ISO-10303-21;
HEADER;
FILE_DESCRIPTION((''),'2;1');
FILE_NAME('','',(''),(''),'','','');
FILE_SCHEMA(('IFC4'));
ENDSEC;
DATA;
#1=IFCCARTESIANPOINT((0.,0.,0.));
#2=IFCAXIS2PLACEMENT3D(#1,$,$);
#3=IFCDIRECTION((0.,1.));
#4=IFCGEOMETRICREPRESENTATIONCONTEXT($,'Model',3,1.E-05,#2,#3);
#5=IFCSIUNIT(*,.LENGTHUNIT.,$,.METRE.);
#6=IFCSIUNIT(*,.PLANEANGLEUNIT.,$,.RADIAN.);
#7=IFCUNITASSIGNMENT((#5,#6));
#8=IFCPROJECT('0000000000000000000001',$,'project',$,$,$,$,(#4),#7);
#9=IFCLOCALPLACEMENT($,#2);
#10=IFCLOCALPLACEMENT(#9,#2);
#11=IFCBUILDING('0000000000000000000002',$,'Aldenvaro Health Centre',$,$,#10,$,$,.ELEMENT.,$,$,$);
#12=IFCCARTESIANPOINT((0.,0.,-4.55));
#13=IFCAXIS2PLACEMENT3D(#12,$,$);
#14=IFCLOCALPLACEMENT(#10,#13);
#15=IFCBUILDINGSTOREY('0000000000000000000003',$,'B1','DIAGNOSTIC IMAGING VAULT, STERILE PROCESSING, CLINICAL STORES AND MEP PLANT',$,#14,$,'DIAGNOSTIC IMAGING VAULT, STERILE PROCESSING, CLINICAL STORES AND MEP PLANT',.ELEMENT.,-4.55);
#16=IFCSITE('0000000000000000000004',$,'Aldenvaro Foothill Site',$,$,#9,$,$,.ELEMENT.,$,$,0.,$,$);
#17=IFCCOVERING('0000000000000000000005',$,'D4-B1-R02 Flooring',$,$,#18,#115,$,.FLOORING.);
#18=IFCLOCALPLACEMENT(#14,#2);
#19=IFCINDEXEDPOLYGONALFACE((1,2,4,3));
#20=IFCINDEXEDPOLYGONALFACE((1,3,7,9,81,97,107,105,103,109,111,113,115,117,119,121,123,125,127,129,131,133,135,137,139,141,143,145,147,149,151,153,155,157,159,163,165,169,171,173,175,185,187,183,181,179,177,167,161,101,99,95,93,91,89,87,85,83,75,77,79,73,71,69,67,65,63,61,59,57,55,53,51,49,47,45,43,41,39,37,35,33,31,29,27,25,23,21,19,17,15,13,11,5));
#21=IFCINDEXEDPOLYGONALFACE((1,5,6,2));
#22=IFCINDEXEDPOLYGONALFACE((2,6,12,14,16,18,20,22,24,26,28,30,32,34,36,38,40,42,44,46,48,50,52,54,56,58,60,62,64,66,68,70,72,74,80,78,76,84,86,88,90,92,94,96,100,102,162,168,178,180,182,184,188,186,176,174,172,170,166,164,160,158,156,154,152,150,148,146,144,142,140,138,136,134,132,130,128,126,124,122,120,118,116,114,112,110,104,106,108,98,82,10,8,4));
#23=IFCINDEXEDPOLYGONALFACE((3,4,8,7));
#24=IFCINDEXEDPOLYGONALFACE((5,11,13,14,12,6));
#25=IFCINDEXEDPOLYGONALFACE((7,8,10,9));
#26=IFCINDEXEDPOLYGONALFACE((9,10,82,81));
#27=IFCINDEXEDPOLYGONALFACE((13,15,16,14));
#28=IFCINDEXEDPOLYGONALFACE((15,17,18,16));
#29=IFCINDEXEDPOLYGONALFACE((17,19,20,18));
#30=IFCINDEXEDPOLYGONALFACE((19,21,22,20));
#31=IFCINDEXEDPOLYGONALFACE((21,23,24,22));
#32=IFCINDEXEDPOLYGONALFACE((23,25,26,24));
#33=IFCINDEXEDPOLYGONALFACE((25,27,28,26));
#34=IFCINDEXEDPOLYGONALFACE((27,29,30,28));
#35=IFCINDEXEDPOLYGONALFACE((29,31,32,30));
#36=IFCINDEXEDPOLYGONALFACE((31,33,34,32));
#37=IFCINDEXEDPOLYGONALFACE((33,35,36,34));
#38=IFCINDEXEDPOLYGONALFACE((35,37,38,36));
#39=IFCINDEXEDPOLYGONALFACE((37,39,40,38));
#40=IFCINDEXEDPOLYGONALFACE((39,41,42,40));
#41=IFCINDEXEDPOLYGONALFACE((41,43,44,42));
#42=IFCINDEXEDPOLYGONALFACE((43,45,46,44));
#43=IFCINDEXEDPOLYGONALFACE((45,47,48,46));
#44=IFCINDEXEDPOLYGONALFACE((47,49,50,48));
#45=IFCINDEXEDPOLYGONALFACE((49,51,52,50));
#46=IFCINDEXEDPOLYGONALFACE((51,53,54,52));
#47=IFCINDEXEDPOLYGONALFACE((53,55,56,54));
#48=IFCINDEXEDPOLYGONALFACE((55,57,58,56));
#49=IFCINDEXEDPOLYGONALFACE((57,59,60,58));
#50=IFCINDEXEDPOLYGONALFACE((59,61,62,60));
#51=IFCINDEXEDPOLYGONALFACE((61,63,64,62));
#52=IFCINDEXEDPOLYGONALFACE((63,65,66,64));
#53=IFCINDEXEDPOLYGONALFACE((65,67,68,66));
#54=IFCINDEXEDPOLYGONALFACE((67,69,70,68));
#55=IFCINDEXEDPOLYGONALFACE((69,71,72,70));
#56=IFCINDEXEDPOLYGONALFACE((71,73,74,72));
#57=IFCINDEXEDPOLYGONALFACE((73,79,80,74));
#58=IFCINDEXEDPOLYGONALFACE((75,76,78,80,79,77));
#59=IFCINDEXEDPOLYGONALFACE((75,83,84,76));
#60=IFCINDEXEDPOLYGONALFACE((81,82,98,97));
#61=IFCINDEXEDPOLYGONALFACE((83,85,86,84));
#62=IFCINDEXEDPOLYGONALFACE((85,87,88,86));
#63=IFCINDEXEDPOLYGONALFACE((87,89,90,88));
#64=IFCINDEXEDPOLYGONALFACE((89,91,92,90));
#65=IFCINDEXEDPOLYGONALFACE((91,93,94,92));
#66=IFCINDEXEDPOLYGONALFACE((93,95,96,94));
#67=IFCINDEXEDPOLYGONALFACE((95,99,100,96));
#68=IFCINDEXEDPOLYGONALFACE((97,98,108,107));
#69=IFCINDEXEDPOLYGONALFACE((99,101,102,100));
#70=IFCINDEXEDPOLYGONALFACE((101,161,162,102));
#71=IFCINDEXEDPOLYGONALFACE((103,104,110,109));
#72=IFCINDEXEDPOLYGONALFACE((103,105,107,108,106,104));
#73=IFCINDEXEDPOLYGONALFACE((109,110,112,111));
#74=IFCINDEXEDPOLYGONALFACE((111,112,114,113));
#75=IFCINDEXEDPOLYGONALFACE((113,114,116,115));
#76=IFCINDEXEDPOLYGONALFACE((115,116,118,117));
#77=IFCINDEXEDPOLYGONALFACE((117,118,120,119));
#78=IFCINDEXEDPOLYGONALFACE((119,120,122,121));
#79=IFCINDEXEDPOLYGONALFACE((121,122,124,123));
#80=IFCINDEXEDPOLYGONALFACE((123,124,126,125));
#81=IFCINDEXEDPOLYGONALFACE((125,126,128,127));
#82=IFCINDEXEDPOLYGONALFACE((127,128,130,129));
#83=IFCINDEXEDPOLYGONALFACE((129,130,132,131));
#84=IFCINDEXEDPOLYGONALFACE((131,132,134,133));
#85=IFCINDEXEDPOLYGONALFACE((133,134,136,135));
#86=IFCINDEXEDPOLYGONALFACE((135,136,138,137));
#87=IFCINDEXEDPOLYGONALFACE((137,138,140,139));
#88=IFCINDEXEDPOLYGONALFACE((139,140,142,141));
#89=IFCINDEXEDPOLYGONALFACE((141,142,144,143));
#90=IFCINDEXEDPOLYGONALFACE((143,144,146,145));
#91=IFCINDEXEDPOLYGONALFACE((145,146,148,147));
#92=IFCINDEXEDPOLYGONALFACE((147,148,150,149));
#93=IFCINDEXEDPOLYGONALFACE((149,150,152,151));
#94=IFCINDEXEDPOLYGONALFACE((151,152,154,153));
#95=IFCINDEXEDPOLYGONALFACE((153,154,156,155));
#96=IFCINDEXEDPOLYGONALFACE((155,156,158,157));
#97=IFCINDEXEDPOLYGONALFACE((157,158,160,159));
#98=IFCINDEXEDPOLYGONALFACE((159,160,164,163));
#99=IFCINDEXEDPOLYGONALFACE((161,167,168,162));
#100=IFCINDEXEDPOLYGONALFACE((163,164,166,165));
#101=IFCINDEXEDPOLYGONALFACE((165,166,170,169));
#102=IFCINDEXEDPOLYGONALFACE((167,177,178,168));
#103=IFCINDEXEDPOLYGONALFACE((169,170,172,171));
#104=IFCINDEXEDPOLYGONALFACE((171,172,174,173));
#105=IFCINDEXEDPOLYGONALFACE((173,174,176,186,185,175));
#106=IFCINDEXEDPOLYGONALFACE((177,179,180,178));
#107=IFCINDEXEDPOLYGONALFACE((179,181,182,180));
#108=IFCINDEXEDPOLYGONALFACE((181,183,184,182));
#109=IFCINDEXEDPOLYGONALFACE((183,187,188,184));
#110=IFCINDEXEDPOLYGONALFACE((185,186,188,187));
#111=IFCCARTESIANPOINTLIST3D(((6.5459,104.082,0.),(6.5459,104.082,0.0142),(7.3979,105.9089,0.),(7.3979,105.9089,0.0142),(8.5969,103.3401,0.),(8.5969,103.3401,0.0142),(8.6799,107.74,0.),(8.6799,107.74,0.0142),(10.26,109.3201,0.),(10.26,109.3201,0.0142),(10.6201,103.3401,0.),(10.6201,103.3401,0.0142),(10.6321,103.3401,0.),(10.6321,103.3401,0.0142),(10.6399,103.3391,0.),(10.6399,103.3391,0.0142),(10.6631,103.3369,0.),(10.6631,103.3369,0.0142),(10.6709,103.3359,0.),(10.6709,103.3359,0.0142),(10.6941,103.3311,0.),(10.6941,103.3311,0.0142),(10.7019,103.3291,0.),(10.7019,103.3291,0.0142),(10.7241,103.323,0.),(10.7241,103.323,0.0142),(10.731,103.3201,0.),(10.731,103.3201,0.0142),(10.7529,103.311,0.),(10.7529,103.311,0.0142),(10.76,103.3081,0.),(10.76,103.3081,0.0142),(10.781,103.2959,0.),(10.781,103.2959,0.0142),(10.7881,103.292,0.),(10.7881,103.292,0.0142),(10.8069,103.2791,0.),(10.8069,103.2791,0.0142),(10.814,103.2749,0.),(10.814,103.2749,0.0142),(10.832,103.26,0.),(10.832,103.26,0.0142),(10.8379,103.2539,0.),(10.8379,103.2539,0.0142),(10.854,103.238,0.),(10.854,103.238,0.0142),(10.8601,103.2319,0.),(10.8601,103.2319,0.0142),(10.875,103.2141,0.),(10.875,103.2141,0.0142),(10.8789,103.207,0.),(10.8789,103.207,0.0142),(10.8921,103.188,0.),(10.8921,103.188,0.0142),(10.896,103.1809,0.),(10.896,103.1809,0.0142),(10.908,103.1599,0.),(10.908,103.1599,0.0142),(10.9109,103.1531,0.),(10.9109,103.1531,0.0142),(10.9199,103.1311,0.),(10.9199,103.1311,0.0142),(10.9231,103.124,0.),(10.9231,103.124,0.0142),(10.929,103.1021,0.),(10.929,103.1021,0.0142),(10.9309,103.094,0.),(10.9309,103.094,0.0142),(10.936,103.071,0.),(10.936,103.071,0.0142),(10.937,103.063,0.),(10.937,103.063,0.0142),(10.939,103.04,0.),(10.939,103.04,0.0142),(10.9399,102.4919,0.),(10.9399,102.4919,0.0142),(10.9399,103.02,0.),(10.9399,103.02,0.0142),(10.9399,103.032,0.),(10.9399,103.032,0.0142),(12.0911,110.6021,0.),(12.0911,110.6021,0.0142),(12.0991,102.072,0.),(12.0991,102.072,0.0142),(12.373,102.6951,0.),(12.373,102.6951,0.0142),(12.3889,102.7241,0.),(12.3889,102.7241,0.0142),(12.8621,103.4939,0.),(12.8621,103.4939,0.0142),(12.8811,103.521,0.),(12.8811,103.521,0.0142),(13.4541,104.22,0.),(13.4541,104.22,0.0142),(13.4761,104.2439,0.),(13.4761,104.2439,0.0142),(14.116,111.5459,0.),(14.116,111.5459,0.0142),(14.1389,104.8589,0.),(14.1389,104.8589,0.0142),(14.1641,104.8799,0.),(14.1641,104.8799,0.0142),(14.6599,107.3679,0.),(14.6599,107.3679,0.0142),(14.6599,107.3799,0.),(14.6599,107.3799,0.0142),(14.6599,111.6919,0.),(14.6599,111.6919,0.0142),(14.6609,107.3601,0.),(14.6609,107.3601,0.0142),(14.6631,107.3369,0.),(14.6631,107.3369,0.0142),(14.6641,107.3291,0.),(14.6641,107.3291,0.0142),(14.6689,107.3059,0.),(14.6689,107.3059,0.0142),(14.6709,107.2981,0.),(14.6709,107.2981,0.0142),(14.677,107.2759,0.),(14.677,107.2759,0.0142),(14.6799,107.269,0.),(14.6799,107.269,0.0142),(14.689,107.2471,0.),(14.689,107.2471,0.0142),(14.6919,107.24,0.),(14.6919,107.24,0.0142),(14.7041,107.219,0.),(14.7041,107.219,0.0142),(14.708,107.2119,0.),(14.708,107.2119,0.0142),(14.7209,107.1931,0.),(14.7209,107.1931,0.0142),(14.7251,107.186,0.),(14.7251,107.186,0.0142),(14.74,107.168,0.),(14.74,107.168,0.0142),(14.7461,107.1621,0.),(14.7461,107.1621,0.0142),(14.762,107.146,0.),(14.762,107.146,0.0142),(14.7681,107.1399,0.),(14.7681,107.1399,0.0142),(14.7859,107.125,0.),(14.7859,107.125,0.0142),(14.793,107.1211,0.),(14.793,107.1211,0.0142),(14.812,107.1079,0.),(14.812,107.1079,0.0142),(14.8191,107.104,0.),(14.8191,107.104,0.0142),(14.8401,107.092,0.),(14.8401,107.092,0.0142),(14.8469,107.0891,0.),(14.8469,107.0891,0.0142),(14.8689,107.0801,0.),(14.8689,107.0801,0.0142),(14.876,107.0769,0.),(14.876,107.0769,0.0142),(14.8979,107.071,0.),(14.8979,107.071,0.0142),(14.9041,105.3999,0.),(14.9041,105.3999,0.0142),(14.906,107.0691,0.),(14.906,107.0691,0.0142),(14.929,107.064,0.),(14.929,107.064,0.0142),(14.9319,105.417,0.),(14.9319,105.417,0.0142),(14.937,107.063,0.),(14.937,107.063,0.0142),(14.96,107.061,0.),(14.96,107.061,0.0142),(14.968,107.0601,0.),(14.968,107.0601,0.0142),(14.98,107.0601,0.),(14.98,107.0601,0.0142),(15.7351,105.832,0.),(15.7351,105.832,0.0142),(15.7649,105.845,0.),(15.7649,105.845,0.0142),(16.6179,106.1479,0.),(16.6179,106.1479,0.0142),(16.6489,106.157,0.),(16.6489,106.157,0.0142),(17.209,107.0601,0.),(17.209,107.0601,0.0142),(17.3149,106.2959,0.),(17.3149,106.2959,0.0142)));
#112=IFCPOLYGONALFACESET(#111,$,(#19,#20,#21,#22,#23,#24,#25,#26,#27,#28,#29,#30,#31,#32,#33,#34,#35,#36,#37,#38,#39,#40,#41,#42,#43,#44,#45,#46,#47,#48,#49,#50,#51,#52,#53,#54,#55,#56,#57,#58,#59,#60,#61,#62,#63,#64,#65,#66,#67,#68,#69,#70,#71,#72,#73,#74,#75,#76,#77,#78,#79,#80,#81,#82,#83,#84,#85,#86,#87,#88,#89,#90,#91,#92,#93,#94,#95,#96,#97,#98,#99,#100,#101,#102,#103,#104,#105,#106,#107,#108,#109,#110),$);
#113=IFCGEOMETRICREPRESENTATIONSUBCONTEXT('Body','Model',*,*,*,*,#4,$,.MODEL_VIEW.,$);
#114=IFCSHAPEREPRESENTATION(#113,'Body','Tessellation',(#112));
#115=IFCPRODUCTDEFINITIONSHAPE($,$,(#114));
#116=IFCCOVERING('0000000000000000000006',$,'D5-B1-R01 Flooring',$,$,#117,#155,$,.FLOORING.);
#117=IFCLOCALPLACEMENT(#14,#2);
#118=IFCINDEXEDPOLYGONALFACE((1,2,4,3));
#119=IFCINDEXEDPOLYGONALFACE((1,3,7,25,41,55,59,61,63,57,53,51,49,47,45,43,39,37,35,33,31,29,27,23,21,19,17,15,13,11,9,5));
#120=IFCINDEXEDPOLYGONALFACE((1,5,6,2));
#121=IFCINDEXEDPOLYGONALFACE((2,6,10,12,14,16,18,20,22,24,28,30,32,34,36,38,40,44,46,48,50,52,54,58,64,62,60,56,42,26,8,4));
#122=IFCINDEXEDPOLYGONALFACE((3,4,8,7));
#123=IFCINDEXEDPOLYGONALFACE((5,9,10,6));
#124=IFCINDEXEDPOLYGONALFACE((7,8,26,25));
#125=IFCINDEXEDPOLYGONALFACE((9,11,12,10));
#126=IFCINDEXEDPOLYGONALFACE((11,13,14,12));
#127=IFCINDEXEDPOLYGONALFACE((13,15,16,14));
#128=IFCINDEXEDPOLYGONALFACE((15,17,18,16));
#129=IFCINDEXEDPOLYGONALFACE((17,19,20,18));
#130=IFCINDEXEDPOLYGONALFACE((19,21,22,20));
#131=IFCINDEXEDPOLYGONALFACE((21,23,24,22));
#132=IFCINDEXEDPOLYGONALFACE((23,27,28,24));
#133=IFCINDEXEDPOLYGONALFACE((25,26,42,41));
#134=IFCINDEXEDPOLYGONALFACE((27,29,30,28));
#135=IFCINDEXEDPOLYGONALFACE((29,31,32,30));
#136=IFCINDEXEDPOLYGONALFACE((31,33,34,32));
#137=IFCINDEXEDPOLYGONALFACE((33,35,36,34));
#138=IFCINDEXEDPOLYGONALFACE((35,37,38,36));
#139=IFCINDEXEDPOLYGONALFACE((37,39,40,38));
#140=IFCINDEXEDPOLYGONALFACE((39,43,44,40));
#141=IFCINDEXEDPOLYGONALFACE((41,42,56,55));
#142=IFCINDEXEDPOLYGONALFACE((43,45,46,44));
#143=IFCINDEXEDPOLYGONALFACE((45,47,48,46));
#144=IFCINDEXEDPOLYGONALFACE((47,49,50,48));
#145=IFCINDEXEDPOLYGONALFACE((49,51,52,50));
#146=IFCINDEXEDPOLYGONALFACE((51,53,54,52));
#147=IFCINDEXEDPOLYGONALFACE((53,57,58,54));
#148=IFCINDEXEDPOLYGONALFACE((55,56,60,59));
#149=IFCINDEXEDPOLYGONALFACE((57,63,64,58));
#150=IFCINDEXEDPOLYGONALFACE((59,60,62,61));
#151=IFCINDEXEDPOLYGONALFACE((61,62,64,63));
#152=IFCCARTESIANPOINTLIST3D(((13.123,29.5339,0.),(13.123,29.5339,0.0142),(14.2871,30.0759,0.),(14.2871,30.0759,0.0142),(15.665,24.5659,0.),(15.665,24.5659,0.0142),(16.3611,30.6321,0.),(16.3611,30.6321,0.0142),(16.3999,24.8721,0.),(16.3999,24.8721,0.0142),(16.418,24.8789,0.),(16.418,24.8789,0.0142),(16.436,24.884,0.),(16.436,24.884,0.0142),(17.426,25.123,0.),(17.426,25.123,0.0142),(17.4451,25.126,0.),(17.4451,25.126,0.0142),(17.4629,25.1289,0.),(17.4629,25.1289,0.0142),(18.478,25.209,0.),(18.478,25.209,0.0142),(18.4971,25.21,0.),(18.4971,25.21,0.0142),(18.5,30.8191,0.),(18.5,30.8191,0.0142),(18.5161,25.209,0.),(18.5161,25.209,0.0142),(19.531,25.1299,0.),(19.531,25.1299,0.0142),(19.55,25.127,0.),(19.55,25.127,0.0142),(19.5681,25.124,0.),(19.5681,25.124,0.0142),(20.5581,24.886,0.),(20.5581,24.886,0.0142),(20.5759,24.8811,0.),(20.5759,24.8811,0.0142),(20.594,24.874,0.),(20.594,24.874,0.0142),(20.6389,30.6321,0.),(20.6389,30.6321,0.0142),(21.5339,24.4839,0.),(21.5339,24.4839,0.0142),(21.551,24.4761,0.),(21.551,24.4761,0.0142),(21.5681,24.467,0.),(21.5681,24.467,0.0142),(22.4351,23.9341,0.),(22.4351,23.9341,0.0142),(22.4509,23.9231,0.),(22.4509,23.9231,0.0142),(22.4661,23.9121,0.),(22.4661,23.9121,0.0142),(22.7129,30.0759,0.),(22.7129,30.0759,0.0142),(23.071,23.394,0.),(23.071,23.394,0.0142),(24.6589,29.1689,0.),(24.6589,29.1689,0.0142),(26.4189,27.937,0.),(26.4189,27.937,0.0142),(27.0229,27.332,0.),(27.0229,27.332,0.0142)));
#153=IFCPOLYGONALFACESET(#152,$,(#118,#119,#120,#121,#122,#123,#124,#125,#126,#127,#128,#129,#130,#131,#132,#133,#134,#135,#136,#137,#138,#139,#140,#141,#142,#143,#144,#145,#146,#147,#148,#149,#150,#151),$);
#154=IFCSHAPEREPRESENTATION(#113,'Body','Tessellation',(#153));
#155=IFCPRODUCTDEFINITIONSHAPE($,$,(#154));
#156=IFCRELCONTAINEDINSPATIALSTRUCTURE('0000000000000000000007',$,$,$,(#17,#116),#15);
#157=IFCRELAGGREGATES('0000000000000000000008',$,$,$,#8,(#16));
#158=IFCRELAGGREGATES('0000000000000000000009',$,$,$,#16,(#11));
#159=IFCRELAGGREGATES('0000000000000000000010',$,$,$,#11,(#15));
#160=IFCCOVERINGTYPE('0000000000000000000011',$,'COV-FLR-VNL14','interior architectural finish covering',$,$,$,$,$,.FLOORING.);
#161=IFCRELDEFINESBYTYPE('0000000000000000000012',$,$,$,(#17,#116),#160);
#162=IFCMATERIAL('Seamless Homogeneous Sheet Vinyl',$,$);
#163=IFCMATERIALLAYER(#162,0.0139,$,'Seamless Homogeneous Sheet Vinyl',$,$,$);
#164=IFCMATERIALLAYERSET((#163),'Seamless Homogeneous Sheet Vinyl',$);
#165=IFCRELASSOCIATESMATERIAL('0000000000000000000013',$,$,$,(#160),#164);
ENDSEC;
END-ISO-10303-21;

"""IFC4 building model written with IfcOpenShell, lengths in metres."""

from ifc_helpers import new_model, si_unit, direction, frame, origin, place, context, subcontext, project, spatial, polyline, outline, extrude, material, layer, layer_set, type_object, element, save


model = new_model("IFC4")

# Units and contexts
model_context = context("Model", 3, precision=1e-05, world=origin(), true_north=direction((0.0, 1.0)))
body_context = subcontext(model_context, "Body", "Model", "MODEL_VIEW")
ifc_project = project(units=[si_unit("LENGTHUNIT", "METRE"), si_unit("PLANEANGLEUNIT", "RADIAN")], contexts=[model_context])

# Site, building, storey
site_placement = place(None, origin())
site = spatial("IfcSite", under=ifc_project, at=site_placement, Name="Aldenvaro Foothill Site", CompositionType="ELEMENT", RefElevation=0.0)
building_placement = place(site_placement, origin())
building = spatial("IfcBuilding", under=site, at=building_placement, Name="Aldenvaro Health Centre", CompositionType="ELEMENT")
storey_placement = place(building_placement, frame((0.0, 0.0, -4.55)))
storey = spatial("IfcBuildingStorey", under=building, at=storey_placement, Name="B1", Description="DIAGNOSTIC IMAGING VAULT, STERILE PROCESSING, CLINICAL STORES AND MEP PLANT", LongName="DIAGNOSTIC IMAGING VAULT, STERILE PROCESSING, CLINICAL STORES AND MEP PLANT", CompositionType="ELEMENT", Elevation=-4.55)

# Coverings
ifc_material_1 = material(Name="Seamless Homogeneous Sheet Vinyl")
ifc_layer_1 = layer(ifc_material_1, 0.0139, Name="Seamless Homogeneous Sheet Vinyl")
ifc_layer_set_1 = layer_set([ifc_layer_1], Name="Seamless Homogeneous Sheet Vinyl")
covering_type_1 = type_object("IfcCoveringType", Name="COV-FLR-VNL14", Description="interior architectural finish covering", PredefinedType="FLOORING", material=ifc_layer_set_1)
covering_1_placement = place(storey_placement, origin())
element("IfcCovering", 1, at=covering_1_placement, inside=storey, type_object=covering_type_1, Name="D4-B1-R02 Flooring", PredefinedType="FLOORING", context=body_context, shape_type="SweptSolid", body=[
    extrude(outline(polyline([(6.5459, 104.082), (7.3979, 105.9089), (8.6799, 107.74), (10.26, 109.3201), (12.0911, 110.6021), (14.116, 111.5459), (14.6599, 111.6919), (14.6599, 107.3799), (14.6599, 107.3679), (14.6609, 107.3601), (14.6631, 107.3369), (14.6641, 107.3291), (14.6689, 107.3059), (14.6709, 107.2981), (14.677, 107.2759), (14.6799, 107.269), (14.689, 107.2471), (14.6919, 107.24), (14.7041, 107.219), (14.708, 107.2119), (14.7209, 107.1931), (14.7251, 107.186), (14.74, 107.168), (14.7461, 107.1621), (14.762, 107.146), (14.7681, 107.1399), (14.7859, 107.125), (14.793, 107.1211), (14.812, 107.1079), (14.8191, 107.104), (14.8401, 107.092), (14.8469, 107.0891), (14.8689, 107.0801), (14.876, 107.0769), (14.8979, 107.071), (14.906, 107.0691), (14.929, 107.064), (14.937, 107.063), (14.96, 107.061), (14.968, 107.0601), (14.98, 107.0601), (17.209, 107.0601), (17.3149, 106.2959), (16.6489, 106.157), (16.6179, 106.1479), (15.7649, 105.845), (15.7351, 105.832), (14.9319, 105.417), (14.9041, 105.3999), (14.1641, 104.8799), (14.1389, 104.8589), (13.4761, 104.2439), (13.4541, 104.22), (12.8811, 103.521), (12.8621, 103.4939), (12.3889, 102.7241), (12.373, 102.6951), (12.0991, 102.072), (10.9399, 102.4919), (10.9399, 103.02), (10.9399, 103.032), (10.939, 103.04), (10.937, 103.063), (10.936, 103.071), (10.9309, 103.094), (10.929, 103.1021), (10.9231, 103.124), (10.9199, 103.1311), (10.9109, 103.1531), (10.908, 103.1599), (10.896, 103.1809), (10.8921, 103.188), (10.8789, 103.207), (10.875, 103.2141), (10.8601, 103.2319), (10.854, 103.238), (10.8379, 103.2539), (10.832, 103.26), (10.814, 103.2749), (10.8069, 103.2791), (10.7881, 103.292), (10.781, 103.2959), (10.76, 103.3081), (10.7529, 103.311), (10.731, 103.3201), (10.7241, 103.323), (10.7019, 103.3291), (10.6941, 103.3311), (10.6709, 103.3359), (10.6631, 103.3369), (10.6399, 103.3391), (10.6321, 103.3401), (10.6201, 103.3401), (8.5969, 103.3401), (6.5459, 104.082)])), origin(), (0.0, 0.0, 1.0), 0.0142),
])
covering_2_placement = place(storey_placement, origin())
element("IfcCovering", 2, at=covering_2_placement, inside=storey, type_object=covering_type_1, Name="D5-B1-R01 Flooring", PredefinedType="FLOORING", context=body_context, shape_type="SweptSolid", body=[
    extrude(outline(polyline([(22.4661, 23.9121), (22.4509, 23.9231), (22.4351, 23.9341), (21.5681, 24.467), (21.551, 24.4761), (21.5339, 24.4839), (20.594, 24.874), (20.5759, 24.8811), (20.5581, 24.886), (19.5681, 25.124), (19.55, 25.127), (19.531, 25.1299), (18.5161, 25.209), (18.4971, 25.21), (18.478, 25.209), (17.4629, 25.1289), (17.4451, 25.126), (17.426, 25.123), (16.436, 24.884), (16.418, 24.8789), (16.3999, 24.8721), (15.665, 24.5659), (13.123, 29.5339), (14.2871, 30.0759), (16.3611, 30.6321), (18.5, 30.8191), (20.6389, 30.6321), (22.7129, 30.0759), (24.6589, 29.1689), (26.4189, 27.937), (27.0229, 27.332), (23.071, 23.394), (22.4661, 23.9121)])), origin(), (0.0, 0.0, 1.0), 0.0142),
])

save(model, "model.ifc")
